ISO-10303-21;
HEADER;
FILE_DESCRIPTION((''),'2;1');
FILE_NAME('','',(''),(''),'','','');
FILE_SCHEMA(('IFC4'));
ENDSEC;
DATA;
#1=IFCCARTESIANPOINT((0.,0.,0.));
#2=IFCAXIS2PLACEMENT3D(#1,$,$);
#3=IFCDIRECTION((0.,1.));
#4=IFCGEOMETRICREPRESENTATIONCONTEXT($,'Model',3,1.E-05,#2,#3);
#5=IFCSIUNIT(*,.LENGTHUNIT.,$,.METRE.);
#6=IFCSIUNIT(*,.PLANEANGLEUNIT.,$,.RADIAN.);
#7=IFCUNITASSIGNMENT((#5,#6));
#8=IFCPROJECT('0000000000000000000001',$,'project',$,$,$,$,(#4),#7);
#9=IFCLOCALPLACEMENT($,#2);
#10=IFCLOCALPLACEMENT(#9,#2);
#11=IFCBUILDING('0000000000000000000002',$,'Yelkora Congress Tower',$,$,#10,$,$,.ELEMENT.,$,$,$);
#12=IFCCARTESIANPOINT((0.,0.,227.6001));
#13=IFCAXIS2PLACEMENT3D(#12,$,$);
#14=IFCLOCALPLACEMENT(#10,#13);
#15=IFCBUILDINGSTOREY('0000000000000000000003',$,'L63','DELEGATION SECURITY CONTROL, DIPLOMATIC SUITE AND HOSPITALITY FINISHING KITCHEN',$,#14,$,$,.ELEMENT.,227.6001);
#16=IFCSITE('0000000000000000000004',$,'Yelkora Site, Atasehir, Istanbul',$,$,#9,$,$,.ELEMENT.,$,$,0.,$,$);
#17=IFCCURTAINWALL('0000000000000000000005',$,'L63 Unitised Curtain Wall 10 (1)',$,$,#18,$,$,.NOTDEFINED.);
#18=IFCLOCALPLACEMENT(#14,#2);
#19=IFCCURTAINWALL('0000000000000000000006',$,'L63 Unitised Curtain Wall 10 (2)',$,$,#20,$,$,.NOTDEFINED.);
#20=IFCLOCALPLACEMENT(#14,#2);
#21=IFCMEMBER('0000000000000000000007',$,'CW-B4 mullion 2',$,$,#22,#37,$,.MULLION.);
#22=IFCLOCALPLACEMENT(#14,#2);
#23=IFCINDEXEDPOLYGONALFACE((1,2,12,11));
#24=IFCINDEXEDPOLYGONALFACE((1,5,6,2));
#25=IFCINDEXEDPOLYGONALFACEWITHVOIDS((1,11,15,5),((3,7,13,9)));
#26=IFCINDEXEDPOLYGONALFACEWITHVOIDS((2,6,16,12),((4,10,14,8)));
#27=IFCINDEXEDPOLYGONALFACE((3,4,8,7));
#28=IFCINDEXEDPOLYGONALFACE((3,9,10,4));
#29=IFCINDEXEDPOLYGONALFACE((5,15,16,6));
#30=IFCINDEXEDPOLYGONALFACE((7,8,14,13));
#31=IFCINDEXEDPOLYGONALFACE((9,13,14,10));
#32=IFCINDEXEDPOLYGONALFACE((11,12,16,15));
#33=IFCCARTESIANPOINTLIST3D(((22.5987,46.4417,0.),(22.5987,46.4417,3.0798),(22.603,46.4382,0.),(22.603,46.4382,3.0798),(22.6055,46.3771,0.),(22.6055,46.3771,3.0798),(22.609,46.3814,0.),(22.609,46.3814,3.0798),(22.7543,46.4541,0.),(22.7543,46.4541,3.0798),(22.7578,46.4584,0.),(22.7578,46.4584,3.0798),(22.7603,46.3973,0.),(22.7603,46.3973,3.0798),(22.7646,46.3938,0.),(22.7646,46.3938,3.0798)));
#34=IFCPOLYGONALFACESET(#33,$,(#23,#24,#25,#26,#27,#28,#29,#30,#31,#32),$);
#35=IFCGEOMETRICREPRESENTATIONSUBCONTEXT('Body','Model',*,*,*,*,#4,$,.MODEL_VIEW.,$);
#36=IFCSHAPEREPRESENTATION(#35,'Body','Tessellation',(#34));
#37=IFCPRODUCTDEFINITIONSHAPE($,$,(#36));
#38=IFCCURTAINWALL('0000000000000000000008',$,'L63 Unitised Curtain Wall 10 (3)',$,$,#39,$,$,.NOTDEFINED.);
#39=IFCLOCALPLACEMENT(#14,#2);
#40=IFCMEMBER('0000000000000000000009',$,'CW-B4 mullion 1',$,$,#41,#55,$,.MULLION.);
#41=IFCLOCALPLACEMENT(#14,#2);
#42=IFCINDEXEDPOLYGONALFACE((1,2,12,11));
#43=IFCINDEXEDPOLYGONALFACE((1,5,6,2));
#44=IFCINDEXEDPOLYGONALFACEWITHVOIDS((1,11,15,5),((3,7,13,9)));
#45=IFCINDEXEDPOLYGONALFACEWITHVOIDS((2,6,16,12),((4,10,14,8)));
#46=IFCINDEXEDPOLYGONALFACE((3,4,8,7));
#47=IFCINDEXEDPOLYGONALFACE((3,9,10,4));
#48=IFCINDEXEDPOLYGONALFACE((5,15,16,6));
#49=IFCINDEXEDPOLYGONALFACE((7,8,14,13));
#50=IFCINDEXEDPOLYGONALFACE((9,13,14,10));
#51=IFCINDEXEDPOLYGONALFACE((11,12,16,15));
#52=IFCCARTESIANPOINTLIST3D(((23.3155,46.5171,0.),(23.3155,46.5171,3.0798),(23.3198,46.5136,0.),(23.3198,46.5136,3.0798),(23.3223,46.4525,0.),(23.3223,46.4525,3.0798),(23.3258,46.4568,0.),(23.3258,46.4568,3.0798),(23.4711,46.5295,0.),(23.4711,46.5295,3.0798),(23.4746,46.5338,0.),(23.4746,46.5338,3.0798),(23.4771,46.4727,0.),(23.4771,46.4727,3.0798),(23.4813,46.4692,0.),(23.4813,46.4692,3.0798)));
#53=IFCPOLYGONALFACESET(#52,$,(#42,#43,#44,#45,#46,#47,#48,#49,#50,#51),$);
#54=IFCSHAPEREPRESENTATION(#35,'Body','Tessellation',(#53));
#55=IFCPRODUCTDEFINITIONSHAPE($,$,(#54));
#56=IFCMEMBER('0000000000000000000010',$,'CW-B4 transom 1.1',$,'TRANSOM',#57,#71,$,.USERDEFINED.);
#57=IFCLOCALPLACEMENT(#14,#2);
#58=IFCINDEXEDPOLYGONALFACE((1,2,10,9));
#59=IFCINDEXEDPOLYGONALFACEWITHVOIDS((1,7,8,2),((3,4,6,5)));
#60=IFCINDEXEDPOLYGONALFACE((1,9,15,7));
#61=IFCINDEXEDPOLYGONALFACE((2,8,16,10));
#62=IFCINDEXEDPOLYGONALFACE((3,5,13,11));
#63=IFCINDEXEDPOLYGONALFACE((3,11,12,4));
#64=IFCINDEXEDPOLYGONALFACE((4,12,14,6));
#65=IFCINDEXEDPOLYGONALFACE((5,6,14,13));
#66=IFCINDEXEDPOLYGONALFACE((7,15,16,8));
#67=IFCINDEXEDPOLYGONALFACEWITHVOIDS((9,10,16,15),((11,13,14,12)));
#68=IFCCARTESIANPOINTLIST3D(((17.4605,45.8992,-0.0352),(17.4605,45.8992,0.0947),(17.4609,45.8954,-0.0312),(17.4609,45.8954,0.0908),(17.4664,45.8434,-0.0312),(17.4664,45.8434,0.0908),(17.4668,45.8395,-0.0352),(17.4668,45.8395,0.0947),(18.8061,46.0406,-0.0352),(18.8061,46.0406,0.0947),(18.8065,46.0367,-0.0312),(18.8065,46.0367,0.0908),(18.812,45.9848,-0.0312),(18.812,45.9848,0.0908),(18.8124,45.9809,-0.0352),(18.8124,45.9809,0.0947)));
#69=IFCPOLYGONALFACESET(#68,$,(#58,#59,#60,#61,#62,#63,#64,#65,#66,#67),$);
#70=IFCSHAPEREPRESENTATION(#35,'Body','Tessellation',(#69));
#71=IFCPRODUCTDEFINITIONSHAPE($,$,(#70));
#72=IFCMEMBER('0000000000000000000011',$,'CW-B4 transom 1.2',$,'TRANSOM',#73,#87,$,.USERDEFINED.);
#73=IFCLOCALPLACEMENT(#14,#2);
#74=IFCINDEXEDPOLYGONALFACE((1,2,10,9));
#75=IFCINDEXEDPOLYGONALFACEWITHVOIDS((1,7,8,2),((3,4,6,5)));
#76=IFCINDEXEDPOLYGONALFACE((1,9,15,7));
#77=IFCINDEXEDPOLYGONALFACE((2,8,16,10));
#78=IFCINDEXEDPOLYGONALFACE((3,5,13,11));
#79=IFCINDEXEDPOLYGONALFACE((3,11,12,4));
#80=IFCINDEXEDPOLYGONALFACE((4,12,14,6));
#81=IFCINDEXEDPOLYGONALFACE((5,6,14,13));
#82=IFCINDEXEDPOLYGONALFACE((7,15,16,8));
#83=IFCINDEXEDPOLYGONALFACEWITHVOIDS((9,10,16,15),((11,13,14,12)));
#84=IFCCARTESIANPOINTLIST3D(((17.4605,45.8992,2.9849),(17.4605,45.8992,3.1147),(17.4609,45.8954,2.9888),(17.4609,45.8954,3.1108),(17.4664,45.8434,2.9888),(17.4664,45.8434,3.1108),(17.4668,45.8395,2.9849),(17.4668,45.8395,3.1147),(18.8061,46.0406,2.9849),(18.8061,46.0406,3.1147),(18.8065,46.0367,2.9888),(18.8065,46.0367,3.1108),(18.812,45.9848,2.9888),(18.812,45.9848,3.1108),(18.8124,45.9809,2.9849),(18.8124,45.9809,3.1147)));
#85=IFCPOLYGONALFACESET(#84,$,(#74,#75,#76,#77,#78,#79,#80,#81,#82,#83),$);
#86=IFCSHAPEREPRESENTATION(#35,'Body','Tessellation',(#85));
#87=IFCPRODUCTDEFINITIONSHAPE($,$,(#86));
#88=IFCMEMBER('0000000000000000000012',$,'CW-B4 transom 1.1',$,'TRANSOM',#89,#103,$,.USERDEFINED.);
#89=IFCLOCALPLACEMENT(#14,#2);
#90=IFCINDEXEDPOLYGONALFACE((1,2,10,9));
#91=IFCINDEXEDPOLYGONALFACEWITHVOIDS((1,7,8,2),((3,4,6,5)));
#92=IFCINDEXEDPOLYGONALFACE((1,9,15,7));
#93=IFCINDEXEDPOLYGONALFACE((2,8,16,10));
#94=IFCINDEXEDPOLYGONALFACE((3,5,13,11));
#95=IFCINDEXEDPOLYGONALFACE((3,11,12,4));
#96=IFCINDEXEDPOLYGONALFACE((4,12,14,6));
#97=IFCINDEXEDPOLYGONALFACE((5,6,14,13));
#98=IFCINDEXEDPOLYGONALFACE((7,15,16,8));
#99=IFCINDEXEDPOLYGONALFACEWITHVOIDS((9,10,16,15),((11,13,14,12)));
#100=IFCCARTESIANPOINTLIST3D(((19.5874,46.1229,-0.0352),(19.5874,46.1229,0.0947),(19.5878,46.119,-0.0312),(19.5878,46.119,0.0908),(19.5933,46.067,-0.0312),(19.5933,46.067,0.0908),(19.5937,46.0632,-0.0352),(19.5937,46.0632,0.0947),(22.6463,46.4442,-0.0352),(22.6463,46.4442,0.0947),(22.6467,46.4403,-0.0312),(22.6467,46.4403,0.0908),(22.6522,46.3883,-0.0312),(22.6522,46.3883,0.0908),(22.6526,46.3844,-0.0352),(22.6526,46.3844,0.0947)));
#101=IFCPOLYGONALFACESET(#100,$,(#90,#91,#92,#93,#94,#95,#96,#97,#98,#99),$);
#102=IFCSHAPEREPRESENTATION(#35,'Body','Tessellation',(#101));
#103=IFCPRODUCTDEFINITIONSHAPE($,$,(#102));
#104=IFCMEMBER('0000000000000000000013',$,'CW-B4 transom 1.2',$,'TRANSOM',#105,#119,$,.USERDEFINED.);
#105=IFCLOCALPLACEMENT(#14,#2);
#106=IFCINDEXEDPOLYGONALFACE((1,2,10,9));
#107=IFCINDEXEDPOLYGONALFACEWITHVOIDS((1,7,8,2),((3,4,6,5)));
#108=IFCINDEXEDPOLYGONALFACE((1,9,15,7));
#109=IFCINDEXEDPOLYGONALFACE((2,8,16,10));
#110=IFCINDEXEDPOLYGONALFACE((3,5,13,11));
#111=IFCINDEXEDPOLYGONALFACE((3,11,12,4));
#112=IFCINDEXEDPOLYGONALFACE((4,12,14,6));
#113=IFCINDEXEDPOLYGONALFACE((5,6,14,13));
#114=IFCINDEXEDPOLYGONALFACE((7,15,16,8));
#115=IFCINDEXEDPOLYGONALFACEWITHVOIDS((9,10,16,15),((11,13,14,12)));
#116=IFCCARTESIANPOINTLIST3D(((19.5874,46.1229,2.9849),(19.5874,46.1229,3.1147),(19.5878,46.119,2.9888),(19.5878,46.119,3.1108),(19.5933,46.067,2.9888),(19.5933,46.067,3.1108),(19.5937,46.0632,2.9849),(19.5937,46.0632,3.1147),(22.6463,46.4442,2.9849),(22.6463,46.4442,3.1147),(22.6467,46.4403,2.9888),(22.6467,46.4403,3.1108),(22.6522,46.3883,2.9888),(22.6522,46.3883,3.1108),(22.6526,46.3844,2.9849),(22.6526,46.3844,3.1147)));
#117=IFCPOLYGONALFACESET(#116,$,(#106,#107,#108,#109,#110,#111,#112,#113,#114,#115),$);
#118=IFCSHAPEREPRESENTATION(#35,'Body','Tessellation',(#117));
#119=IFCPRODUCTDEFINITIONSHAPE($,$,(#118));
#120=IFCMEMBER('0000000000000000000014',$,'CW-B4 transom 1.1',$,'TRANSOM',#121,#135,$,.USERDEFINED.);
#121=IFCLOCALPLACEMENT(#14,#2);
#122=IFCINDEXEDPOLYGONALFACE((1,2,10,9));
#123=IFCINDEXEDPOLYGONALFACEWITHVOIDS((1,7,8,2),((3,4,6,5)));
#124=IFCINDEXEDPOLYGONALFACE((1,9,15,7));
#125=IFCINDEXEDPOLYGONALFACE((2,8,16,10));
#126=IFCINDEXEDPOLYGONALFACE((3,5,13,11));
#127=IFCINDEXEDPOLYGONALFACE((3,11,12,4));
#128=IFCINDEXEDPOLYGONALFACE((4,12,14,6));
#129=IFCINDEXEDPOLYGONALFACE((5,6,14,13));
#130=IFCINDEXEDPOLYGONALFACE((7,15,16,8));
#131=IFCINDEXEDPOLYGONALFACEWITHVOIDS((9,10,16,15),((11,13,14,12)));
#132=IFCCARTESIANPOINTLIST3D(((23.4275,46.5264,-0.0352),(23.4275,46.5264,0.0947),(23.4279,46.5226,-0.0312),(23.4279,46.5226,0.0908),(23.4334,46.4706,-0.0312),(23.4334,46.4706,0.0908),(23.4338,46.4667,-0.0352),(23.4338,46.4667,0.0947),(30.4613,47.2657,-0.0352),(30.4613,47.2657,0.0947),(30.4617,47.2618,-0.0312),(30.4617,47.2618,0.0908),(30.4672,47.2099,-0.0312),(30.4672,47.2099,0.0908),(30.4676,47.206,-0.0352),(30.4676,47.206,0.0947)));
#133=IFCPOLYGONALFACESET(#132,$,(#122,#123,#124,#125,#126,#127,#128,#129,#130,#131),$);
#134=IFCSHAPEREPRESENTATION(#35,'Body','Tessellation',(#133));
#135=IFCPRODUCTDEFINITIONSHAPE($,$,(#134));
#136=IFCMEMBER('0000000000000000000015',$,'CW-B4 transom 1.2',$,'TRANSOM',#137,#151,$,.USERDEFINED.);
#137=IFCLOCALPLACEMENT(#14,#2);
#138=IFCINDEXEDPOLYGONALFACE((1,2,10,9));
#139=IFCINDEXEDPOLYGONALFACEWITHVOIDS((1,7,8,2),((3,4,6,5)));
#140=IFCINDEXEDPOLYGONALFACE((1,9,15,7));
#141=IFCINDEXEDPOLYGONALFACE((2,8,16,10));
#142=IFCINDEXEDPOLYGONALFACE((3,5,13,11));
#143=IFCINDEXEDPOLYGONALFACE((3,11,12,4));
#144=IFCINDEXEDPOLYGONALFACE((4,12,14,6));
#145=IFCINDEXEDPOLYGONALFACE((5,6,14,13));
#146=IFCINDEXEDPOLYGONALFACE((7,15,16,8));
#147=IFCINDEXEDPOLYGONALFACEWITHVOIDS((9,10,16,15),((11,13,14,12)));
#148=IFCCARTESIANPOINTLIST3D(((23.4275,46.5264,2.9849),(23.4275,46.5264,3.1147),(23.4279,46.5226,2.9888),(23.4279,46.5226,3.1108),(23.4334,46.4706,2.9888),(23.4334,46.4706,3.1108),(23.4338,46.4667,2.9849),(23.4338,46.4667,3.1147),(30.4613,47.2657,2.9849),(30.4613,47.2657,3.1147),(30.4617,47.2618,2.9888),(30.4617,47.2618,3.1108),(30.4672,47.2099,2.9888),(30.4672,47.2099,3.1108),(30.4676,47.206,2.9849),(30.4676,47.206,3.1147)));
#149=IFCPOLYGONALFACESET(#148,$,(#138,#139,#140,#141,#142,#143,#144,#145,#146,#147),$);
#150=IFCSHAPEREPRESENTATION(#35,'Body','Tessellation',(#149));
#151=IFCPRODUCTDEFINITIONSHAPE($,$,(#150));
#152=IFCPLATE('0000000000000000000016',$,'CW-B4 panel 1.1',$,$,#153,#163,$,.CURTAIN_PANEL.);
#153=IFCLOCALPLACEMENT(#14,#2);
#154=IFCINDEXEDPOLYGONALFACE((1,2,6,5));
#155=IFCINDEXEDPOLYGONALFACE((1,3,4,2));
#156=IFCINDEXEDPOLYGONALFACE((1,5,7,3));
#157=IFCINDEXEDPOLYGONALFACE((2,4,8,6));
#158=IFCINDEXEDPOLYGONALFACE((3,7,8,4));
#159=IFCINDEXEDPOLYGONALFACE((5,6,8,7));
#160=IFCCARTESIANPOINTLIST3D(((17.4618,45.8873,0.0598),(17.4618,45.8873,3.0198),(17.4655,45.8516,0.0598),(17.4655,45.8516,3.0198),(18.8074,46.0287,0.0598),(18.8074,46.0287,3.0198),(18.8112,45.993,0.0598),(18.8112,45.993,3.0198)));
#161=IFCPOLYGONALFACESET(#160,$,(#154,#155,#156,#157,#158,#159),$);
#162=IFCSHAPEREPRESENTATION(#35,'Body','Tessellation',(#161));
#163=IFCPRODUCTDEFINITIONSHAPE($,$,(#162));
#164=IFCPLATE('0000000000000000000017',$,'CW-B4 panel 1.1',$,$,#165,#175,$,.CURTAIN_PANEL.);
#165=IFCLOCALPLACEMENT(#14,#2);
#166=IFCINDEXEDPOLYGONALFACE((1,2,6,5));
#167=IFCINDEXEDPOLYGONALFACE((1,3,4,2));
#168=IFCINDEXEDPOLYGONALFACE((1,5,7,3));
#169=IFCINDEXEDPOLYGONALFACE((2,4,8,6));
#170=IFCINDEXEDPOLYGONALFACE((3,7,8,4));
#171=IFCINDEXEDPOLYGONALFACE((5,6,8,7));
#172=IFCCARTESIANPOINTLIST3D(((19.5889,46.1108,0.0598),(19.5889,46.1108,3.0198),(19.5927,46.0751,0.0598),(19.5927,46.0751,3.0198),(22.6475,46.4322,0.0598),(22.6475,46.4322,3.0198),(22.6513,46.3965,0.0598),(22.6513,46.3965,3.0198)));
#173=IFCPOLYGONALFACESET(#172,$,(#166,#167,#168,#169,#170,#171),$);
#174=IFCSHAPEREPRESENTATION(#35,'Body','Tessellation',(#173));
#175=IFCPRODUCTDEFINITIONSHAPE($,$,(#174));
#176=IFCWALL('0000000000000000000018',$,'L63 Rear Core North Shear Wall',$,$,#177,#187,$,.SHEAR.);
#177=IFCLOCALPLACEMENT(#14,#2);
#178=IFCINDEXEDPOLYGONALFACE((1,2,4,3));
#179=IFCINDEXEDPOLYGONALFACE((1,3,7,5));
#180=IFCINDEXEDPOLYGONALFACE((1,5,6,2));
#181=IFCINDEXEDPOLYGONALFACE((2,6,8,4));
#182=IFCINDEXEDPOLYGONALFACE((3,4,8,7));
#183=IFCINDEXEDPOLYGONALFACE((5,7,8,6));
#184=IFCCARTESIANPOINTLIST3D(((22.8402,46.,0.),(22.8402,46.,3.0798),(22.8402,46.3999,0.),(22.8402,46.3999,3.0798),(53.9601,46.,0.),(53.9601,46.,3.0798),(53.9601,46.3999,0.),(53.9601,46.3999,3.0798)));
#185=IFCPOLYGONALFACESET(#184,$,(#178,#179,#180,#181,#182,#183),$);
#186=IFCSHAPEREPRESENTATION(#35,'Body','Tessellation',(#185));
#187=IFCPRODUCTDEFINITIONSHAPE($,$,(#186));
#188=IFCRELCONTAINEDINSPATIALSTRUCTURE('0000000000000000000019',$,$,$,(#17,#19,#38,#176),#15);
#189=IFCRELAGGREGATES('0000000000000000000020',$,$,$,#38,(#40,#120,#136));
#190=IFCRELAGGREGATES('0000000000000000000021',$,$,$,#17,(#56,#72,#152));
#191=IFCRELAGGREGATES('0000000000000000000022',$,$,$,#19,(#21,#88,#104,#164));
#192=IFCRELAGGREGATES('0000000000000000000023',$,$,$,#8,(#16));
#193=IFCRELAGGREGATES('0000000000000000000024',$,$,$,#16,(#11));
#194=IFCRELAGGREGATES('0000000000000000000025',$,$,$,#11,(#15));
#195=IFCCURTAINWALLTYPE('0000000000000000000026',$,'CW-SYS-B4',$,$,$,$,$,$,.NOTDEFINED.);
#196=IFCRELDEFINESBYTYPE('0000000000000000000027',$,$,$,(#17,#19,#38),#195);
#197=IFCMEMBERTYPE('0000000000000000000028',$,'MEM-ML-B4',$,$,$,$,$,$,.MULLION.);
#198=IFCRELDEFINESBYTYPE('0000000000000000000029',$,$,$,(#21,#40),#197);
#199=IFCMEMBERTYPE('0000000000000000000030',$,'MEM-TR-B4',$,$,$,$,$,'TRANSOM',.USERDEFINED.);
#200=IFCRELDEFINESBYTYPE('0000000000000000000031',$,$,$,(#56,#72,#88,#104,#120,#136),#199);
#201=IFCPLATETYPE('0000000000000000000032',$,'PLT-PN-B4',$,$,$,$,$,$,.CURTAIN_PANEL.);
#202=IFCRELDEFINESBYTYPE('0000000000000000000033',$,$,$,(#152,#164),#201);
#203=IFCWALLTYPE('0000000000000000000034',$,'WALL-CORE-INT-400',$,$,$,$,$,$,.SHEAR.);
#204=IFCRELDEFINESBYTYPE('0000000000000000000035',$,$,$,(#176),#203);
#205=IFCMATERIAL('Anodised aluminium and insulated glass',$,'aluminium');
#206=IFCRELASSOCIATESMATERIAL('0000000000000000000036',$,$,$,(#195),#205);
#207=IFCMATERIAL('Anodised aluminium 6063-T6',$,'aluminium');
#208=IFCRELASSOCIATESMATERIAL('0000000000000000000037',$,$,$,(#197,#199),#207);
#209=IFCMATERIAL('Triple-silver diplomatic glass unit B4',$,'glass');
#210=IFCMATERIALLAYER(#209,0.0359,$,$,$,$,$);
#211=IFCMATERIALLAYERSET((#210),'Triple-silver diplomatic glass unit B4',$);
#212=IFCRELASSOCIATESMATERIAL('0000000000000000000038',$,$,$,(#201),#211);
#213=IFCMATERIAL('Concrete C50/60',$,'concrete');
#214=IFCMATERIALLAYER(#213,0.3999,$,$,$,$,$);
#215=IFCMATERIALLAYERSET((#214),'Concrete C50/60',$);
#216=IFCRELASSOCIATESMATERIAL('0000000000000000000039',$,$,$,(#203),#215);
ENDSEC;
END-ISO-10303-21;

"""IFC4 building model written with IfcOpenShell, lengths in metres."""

from ifc_helpers import new_model, si_unit, direction, frame, frame_2d, origin, origin_2d, place, context, subcontext, project, spatial, rectangle, hollow_rectangle, extrude, material, layer, layer_set, material_profile, profile_set, type_object, element, aggregate, save


model = new_model("IFC4")

# Units and contexts
model_context = context("Model", 3, precision=1e-05, world=origin(), true_north=direction((0.0, 1.0)))
body_context = subcontext(model_context, "Body", "Model", "MODEL_VIEW")
ifc_project = project(units=[si_unit("LENGTHUNIT", "METRE"), si_unit("PLANEANGLEUNIT", "RADIAN")], contexts=[model_context])

# Site, building, storey
site_placement = place(None, origin())
site = spatial("IfcSite", under=ifc_project, at=site_placement, Name="Yelkora Site, Atasehir, Istanbul", CompositionType="ELEMENT", RefElevation=0.0)
building_placement = place(site_placement, origin())
building = spatial("IfcBuilding", under=site, at=building_placement, Name="Yelkora Congress Tower", CompositionType="ELEMENT")
storey_placement = place(building_placement, frame((0.0, 0.0, 227.6001)))
storey = spatial("IfcBuildingStorey", under=building, at=storey_placement, Name="L63", Description="DELEGATION SECURITY CONTROL, DIPLOMATIC SUITE AND HOSPITALITY FINISHING KITCHEN", CompositionType="ELEMENT", Elevation=227.6001)

# Curtain walls, member
ifc_material_1 = material(Name="Anodised aluminium and insulated glass", Category="aluminium")
curtain_wall_type = type_object("IfcCurtainWallType", Name="CW-SYS-B4", PredefinedType="NOTDEFINED", material=ifc_material_1)
curtain_wall_1_placement = place(storey_placement, origin())
curtain_wall_1 = element("IfcCurtainWall", 1, at=curtain_wall_1_placement, inside=storey, type_object=curtain_wall_type, Name="L63 Unitised Curtain Wall 10 (1)", PredefinedType="NOTDEFINED")
ifc_material_2 = material(Name="Anodised aluminium 6063-T6", Category="aluminium")
ifc_material_profile_1 = material_profile(ifc_material_2, hollow_rectangle(XDim=0.0649, YDim=0.1599, WallThickness=0.0039, at=origin_2d()), Name="ALU 65x160x4")
ifc_profile_set_1 = profile_set([ifc_material_profile_1], Name="Anodised aluminium 6063-T6")
member_type_1 = type_object("IfcMemberType", Name="MEM-ML-B4", PredefinedType="MULLION", material=ifc_profile_set_1)
curtain_wall_2_placement = place(storey_placement, origin())
curtain_wall_2 = element("IfcCurtainWall", 2, at=curtain_wall_2_placement, inside=storey, type_object=curtain_wall_type, Name="L63 Unitised Curtain Wall 10 (2)", PredefinedType="NOTDEFINED")
member_1_placement = place(storey_placement, frame((22.6816, 46.4177, 0.0), z_axis=(0.0, 0.0, 1.0), x_axis=(-0.104506, 0.994524, 0.0)))
member_1 = element("IfcMember", 3, at=member_1_placement, type_object=member_type_1, Name="CW-B4 mullion 2", PredefinedType="MULLION", context=body_context, shape_type="SweptSolid", body=[
    extrude(hollow_rectangle(XDim=0.0649, YDim=0.1599, WallThickness=0.0039, at=origin_2d()), origin(), (0.0, 0.0, 1.0), 3.0798),
])

# Curtain wall, member
curtain_wall_3_placement = place(storey_placement, origin())
curtain_wall_3 = element("IfcCurtainWall", 4, at=curtain_wall_3_placement, inside=storey, type_object=curtain_wall_type, Name="L63 Unitised Curtain Wall 10 (3)", PredefinedType="NOTDEFINED")
member_2_placement = place(storey_placement, frame((23.3984, 46.4932, 0.0), z_axis=(0.0, 0.0, 1.0), x_axis=(-0.104528, 0.994522, 0.0)))
member_2 = element("IfcMember", 5, at=member_2_placement, type_object=member_type_1, Name="CW-B4 mullion 1", PredefinedType="MULLION", context=body_context, shape_type="SweptSolid", body=[
    extrude(hollow_rectangle(XDim=0.0649, YDim=0.1599, WallThickness=0.0039, at=origin_2d()), origin(), (0.0, 0.0, 1.0), 3.0798),
])

# Members
ifc_material_profile_2 = material_profile(ifc_material_2, hollow_rectangle(XDim=0.0601, YDim=0.1299, WallThickness=0.0039, at=origin_2d()), Name="ALU 60x130x4")
ifc_profile_set_2 = profile_set([ifc_material_profile_2], Name="Anodised aluminium 6063-T6")
member_type_2 = type_object("IfcMemberType", Name="MEM-TR-B4", ElementType="TRANSOM", PredefinedType="USERDEFINED", material=ifc_profile_set_2)
member_3_placement = place(storey_placement, frame((17.4636, 45.8694, 0.0298), z_axis=(0.994528, 0.104469, 0.0), x_axis=(-0.104469, 0.994528, 0.0)))
member_3 = element("IfcMember", 6, at=member_3_placement, type_object=member_type_2, Name="CW-B4 transom 1.1", ObjectType="TRANSOM", PredefinedType="USERDEFINED", context=body_context, shape_type="SweptSolid", body=[
    extrude(hollow_rectangle(XDim=0.0601, YDim=0.1299, WallThickness=0.0039, at=origin_2d()), origin(), (0.0, 0.0, 1.0), 1.353),
])
member_4_placement = place(storey_placement, frame((17.4636, 45.8694, 3.0498), z_axis=(0.994528, 0.104469, 0.0), x_axis=(-0.104469, 0.994528, 0.0)))
member_4 = element("IfcMember", 7, at=member_4_placement, type_object=member_type_2, Name="CW-B4 transom 1.2", ObjectType="TRANSOM", PredefinedType="USERDEFINED", context=body_context, shape_type="SweptSolid", body=[
    extrude(hollow_rectangle(XDim=0.0601, YDim=0.1299, WallThickness=0.0039, at=origin_2d()), origin(), (0.0, 0.0, 1.0), 1.353),
])
member_5_placement = place(storey_placement, frame((19.5906, 46.093, 0.0298), z_axis=(0.994529, 0.104462, 0.0), x_axis=(-0.104462, 0.994529, 0.0)))
member_5 = element("IfcMember", 8, at=member_5_placement, type_object=member_type_2, Name="CW-B4 transom 1.1", ObjectType="TRANSOM", PredefinedType="USERDEFINED", context=body_context, shape_type="SweptSolid", body=[
    extrude(hollow_rectangle(XDim=0.0601, YDim=0.1299, WallThickness=0.0039, at=origin_2d()), origin(), (0.0, 0.0, 1.0), 3.0757),
])
member_6_placement = place(storey_placement, frame((19.5906, 46.093, 3.0498), z_axis=(0.994529, 0.104462, 0.0), x_axis=(-0.104462, 0.994529, 0.0)))
member_6 = element("IfcMember", 9, at=member_6_placement, type_object=member_type_2, Name="CW-B4 transom 1.2", ObjectType="TRANSOM", PredefinedType="USERDEFINED", context=body_context, shape_type="SweptSolid", body=[
    extrude(hollow_rectangle(XDim=0.0601, YDim=0.1299, WallThickness=0.0039, at=origin_2d()), origin(), (0.0, 0.0, 1.0), 3.0757),
])
member_7_placement = place(storey_placement, frame((23.4307, 46.4966, 0.0298), z_axis=(0.994522, 0.104527, 0.0), x_axis=(-0.104527, 0.994522, 0.0)))
member_7 = element("IfcMember", 10, at=member_7_placement, type_object=member_type_2, Name="CW-B4 transom 1.1", ObjectType="TRANSOM", PredefinedType="USERDEFINED", context=body_context, shape_type="SweptSolid", body=[
    extrude(hollow_rectangle(XDim=0.0601, YDim=0.1299, WallThickness=0.0039, at=origin_2d()), origin(), (0.0, 0.0, 1.0), 7.0725),
])
member_8_placement = place(storey_placement, frame((23.4307, 46.4966, 3.0498), z_axis=(0.994522, 0.104527, 0.0), x_axis=(-0.104527, 0.994522, 0.0)))
member_8 = element("IfcMember", 11, at=member_8_placement, type_object=member_type_2, Name="CW-B4 transom 1.2", ObjectType="TRANSOM", PredefinedType="USERDEFINED", context=body_context, shape_type="SweptSolid", body=[
    extrude(hollow_rectangle(XDim=0.0601, YDim=0.1299, WallThickness=0.0039, at=origin_2d()), origin(), (0.0, 0.0, 1.0), 7.0725),
])
aggregate(curtain_wall_3, [member_2, member_7, member_8])

# Plates
ifc_material_3 = material(Name="Triple-silver diplomatic glass unit B4", Category="glass")
ifc_layer_1 = layer(ifc_material_3, 0.0359)
ifc_layer_set_1 = layer_set([ifc_layer_1], Name="Triple-silver diplomatic glass unit B4")
plate_type = type_object("IfcPlateType", Name="PLT-PN-B4", PredefinedType="CURTAIN_PANEL", material=ifc_layer_set_1)
plate_1_placement = place(storey_placement, frame((18.1365, 45.9402, 0.0598), z_axis=(0.0, 0.0, 1.0), x_axis=(0.994524, 0.104509, 0.0)))
plate_1 = element("IfcPlate", 12, at=plate_1_placement, type_object=plate_type, Name="CW-B4 panel 1.1", PredefinedType="CURTAIN_PANEL", context=body_context, shape_type="SweptSolid", body=[
    extrude(rectangle(XDim=1.353, YDim=0.0359, at=origin_2d()), origin(), (0.0, 0.0, 1.0), 2.96),
])
aggregate(curtain_wall_1, [member_3, member_4, plate_1])
plate_2_placement = place(storey_placement, frame((21.1201, 46.2537, 0.0598), z_axis=(0.0, 0.0, 1.0), x_axis=(0.994524, 0.104506, 0.0)))
plate_2 = element("IfcPlate", 13, at=plate_2_placement, type_object=plate_type, Name="CW-B4 panel 1.1", PredefinedType="CURTAIN_PANEL", context=body_context, shape_type="SweptSolid", body=[
    extrude(rectangle(XDim=3.0754, YDim=0.0359, at=origin_2d()), origin(), (0.0, 0.0, 1.0), 2.96),
])
aggregate(curtain_wall_2, [member_1, member_5, member_6, plate_2])

# Wall
ifc_material_4 = material(Name="Concrete C50/60", Category="concrete")
ifc_layer_2 = layer(ifc_material_4, 0.3999)
ifc_layer_set_2 = layer_set([ifc_layer_2], Name="Concrete C50/60")
wall_type_1 = type_object("IfcWallType", Name="WALL-CORE-INT-400", PredefinedType="SHEAR", material=ifc_layer_set_2)
wall_1_placement = place(storey_placement, frame((22.8401, 46.2, 0.0), z_axis=(0.0, 0.0, 1.0), x_axis=(1.0, 0.0, 0.0)))
element("IfcWall", 14, at=wall_1_placement, inside=storey, type_object=wall_type_1, Name="L63 Rear Core North Shear Wall", PredefinedType="SHEAR", context=body_context, shape_type="SweptSolid", body=[
    extrude(rectangle(XDim=31.1199, YDim=0.3999, at=frame_2d((15.5601, 0.0))), origin(), (0.0, 0.0, 1.0), 3.0798),
])

save(model, "model.ifc")
